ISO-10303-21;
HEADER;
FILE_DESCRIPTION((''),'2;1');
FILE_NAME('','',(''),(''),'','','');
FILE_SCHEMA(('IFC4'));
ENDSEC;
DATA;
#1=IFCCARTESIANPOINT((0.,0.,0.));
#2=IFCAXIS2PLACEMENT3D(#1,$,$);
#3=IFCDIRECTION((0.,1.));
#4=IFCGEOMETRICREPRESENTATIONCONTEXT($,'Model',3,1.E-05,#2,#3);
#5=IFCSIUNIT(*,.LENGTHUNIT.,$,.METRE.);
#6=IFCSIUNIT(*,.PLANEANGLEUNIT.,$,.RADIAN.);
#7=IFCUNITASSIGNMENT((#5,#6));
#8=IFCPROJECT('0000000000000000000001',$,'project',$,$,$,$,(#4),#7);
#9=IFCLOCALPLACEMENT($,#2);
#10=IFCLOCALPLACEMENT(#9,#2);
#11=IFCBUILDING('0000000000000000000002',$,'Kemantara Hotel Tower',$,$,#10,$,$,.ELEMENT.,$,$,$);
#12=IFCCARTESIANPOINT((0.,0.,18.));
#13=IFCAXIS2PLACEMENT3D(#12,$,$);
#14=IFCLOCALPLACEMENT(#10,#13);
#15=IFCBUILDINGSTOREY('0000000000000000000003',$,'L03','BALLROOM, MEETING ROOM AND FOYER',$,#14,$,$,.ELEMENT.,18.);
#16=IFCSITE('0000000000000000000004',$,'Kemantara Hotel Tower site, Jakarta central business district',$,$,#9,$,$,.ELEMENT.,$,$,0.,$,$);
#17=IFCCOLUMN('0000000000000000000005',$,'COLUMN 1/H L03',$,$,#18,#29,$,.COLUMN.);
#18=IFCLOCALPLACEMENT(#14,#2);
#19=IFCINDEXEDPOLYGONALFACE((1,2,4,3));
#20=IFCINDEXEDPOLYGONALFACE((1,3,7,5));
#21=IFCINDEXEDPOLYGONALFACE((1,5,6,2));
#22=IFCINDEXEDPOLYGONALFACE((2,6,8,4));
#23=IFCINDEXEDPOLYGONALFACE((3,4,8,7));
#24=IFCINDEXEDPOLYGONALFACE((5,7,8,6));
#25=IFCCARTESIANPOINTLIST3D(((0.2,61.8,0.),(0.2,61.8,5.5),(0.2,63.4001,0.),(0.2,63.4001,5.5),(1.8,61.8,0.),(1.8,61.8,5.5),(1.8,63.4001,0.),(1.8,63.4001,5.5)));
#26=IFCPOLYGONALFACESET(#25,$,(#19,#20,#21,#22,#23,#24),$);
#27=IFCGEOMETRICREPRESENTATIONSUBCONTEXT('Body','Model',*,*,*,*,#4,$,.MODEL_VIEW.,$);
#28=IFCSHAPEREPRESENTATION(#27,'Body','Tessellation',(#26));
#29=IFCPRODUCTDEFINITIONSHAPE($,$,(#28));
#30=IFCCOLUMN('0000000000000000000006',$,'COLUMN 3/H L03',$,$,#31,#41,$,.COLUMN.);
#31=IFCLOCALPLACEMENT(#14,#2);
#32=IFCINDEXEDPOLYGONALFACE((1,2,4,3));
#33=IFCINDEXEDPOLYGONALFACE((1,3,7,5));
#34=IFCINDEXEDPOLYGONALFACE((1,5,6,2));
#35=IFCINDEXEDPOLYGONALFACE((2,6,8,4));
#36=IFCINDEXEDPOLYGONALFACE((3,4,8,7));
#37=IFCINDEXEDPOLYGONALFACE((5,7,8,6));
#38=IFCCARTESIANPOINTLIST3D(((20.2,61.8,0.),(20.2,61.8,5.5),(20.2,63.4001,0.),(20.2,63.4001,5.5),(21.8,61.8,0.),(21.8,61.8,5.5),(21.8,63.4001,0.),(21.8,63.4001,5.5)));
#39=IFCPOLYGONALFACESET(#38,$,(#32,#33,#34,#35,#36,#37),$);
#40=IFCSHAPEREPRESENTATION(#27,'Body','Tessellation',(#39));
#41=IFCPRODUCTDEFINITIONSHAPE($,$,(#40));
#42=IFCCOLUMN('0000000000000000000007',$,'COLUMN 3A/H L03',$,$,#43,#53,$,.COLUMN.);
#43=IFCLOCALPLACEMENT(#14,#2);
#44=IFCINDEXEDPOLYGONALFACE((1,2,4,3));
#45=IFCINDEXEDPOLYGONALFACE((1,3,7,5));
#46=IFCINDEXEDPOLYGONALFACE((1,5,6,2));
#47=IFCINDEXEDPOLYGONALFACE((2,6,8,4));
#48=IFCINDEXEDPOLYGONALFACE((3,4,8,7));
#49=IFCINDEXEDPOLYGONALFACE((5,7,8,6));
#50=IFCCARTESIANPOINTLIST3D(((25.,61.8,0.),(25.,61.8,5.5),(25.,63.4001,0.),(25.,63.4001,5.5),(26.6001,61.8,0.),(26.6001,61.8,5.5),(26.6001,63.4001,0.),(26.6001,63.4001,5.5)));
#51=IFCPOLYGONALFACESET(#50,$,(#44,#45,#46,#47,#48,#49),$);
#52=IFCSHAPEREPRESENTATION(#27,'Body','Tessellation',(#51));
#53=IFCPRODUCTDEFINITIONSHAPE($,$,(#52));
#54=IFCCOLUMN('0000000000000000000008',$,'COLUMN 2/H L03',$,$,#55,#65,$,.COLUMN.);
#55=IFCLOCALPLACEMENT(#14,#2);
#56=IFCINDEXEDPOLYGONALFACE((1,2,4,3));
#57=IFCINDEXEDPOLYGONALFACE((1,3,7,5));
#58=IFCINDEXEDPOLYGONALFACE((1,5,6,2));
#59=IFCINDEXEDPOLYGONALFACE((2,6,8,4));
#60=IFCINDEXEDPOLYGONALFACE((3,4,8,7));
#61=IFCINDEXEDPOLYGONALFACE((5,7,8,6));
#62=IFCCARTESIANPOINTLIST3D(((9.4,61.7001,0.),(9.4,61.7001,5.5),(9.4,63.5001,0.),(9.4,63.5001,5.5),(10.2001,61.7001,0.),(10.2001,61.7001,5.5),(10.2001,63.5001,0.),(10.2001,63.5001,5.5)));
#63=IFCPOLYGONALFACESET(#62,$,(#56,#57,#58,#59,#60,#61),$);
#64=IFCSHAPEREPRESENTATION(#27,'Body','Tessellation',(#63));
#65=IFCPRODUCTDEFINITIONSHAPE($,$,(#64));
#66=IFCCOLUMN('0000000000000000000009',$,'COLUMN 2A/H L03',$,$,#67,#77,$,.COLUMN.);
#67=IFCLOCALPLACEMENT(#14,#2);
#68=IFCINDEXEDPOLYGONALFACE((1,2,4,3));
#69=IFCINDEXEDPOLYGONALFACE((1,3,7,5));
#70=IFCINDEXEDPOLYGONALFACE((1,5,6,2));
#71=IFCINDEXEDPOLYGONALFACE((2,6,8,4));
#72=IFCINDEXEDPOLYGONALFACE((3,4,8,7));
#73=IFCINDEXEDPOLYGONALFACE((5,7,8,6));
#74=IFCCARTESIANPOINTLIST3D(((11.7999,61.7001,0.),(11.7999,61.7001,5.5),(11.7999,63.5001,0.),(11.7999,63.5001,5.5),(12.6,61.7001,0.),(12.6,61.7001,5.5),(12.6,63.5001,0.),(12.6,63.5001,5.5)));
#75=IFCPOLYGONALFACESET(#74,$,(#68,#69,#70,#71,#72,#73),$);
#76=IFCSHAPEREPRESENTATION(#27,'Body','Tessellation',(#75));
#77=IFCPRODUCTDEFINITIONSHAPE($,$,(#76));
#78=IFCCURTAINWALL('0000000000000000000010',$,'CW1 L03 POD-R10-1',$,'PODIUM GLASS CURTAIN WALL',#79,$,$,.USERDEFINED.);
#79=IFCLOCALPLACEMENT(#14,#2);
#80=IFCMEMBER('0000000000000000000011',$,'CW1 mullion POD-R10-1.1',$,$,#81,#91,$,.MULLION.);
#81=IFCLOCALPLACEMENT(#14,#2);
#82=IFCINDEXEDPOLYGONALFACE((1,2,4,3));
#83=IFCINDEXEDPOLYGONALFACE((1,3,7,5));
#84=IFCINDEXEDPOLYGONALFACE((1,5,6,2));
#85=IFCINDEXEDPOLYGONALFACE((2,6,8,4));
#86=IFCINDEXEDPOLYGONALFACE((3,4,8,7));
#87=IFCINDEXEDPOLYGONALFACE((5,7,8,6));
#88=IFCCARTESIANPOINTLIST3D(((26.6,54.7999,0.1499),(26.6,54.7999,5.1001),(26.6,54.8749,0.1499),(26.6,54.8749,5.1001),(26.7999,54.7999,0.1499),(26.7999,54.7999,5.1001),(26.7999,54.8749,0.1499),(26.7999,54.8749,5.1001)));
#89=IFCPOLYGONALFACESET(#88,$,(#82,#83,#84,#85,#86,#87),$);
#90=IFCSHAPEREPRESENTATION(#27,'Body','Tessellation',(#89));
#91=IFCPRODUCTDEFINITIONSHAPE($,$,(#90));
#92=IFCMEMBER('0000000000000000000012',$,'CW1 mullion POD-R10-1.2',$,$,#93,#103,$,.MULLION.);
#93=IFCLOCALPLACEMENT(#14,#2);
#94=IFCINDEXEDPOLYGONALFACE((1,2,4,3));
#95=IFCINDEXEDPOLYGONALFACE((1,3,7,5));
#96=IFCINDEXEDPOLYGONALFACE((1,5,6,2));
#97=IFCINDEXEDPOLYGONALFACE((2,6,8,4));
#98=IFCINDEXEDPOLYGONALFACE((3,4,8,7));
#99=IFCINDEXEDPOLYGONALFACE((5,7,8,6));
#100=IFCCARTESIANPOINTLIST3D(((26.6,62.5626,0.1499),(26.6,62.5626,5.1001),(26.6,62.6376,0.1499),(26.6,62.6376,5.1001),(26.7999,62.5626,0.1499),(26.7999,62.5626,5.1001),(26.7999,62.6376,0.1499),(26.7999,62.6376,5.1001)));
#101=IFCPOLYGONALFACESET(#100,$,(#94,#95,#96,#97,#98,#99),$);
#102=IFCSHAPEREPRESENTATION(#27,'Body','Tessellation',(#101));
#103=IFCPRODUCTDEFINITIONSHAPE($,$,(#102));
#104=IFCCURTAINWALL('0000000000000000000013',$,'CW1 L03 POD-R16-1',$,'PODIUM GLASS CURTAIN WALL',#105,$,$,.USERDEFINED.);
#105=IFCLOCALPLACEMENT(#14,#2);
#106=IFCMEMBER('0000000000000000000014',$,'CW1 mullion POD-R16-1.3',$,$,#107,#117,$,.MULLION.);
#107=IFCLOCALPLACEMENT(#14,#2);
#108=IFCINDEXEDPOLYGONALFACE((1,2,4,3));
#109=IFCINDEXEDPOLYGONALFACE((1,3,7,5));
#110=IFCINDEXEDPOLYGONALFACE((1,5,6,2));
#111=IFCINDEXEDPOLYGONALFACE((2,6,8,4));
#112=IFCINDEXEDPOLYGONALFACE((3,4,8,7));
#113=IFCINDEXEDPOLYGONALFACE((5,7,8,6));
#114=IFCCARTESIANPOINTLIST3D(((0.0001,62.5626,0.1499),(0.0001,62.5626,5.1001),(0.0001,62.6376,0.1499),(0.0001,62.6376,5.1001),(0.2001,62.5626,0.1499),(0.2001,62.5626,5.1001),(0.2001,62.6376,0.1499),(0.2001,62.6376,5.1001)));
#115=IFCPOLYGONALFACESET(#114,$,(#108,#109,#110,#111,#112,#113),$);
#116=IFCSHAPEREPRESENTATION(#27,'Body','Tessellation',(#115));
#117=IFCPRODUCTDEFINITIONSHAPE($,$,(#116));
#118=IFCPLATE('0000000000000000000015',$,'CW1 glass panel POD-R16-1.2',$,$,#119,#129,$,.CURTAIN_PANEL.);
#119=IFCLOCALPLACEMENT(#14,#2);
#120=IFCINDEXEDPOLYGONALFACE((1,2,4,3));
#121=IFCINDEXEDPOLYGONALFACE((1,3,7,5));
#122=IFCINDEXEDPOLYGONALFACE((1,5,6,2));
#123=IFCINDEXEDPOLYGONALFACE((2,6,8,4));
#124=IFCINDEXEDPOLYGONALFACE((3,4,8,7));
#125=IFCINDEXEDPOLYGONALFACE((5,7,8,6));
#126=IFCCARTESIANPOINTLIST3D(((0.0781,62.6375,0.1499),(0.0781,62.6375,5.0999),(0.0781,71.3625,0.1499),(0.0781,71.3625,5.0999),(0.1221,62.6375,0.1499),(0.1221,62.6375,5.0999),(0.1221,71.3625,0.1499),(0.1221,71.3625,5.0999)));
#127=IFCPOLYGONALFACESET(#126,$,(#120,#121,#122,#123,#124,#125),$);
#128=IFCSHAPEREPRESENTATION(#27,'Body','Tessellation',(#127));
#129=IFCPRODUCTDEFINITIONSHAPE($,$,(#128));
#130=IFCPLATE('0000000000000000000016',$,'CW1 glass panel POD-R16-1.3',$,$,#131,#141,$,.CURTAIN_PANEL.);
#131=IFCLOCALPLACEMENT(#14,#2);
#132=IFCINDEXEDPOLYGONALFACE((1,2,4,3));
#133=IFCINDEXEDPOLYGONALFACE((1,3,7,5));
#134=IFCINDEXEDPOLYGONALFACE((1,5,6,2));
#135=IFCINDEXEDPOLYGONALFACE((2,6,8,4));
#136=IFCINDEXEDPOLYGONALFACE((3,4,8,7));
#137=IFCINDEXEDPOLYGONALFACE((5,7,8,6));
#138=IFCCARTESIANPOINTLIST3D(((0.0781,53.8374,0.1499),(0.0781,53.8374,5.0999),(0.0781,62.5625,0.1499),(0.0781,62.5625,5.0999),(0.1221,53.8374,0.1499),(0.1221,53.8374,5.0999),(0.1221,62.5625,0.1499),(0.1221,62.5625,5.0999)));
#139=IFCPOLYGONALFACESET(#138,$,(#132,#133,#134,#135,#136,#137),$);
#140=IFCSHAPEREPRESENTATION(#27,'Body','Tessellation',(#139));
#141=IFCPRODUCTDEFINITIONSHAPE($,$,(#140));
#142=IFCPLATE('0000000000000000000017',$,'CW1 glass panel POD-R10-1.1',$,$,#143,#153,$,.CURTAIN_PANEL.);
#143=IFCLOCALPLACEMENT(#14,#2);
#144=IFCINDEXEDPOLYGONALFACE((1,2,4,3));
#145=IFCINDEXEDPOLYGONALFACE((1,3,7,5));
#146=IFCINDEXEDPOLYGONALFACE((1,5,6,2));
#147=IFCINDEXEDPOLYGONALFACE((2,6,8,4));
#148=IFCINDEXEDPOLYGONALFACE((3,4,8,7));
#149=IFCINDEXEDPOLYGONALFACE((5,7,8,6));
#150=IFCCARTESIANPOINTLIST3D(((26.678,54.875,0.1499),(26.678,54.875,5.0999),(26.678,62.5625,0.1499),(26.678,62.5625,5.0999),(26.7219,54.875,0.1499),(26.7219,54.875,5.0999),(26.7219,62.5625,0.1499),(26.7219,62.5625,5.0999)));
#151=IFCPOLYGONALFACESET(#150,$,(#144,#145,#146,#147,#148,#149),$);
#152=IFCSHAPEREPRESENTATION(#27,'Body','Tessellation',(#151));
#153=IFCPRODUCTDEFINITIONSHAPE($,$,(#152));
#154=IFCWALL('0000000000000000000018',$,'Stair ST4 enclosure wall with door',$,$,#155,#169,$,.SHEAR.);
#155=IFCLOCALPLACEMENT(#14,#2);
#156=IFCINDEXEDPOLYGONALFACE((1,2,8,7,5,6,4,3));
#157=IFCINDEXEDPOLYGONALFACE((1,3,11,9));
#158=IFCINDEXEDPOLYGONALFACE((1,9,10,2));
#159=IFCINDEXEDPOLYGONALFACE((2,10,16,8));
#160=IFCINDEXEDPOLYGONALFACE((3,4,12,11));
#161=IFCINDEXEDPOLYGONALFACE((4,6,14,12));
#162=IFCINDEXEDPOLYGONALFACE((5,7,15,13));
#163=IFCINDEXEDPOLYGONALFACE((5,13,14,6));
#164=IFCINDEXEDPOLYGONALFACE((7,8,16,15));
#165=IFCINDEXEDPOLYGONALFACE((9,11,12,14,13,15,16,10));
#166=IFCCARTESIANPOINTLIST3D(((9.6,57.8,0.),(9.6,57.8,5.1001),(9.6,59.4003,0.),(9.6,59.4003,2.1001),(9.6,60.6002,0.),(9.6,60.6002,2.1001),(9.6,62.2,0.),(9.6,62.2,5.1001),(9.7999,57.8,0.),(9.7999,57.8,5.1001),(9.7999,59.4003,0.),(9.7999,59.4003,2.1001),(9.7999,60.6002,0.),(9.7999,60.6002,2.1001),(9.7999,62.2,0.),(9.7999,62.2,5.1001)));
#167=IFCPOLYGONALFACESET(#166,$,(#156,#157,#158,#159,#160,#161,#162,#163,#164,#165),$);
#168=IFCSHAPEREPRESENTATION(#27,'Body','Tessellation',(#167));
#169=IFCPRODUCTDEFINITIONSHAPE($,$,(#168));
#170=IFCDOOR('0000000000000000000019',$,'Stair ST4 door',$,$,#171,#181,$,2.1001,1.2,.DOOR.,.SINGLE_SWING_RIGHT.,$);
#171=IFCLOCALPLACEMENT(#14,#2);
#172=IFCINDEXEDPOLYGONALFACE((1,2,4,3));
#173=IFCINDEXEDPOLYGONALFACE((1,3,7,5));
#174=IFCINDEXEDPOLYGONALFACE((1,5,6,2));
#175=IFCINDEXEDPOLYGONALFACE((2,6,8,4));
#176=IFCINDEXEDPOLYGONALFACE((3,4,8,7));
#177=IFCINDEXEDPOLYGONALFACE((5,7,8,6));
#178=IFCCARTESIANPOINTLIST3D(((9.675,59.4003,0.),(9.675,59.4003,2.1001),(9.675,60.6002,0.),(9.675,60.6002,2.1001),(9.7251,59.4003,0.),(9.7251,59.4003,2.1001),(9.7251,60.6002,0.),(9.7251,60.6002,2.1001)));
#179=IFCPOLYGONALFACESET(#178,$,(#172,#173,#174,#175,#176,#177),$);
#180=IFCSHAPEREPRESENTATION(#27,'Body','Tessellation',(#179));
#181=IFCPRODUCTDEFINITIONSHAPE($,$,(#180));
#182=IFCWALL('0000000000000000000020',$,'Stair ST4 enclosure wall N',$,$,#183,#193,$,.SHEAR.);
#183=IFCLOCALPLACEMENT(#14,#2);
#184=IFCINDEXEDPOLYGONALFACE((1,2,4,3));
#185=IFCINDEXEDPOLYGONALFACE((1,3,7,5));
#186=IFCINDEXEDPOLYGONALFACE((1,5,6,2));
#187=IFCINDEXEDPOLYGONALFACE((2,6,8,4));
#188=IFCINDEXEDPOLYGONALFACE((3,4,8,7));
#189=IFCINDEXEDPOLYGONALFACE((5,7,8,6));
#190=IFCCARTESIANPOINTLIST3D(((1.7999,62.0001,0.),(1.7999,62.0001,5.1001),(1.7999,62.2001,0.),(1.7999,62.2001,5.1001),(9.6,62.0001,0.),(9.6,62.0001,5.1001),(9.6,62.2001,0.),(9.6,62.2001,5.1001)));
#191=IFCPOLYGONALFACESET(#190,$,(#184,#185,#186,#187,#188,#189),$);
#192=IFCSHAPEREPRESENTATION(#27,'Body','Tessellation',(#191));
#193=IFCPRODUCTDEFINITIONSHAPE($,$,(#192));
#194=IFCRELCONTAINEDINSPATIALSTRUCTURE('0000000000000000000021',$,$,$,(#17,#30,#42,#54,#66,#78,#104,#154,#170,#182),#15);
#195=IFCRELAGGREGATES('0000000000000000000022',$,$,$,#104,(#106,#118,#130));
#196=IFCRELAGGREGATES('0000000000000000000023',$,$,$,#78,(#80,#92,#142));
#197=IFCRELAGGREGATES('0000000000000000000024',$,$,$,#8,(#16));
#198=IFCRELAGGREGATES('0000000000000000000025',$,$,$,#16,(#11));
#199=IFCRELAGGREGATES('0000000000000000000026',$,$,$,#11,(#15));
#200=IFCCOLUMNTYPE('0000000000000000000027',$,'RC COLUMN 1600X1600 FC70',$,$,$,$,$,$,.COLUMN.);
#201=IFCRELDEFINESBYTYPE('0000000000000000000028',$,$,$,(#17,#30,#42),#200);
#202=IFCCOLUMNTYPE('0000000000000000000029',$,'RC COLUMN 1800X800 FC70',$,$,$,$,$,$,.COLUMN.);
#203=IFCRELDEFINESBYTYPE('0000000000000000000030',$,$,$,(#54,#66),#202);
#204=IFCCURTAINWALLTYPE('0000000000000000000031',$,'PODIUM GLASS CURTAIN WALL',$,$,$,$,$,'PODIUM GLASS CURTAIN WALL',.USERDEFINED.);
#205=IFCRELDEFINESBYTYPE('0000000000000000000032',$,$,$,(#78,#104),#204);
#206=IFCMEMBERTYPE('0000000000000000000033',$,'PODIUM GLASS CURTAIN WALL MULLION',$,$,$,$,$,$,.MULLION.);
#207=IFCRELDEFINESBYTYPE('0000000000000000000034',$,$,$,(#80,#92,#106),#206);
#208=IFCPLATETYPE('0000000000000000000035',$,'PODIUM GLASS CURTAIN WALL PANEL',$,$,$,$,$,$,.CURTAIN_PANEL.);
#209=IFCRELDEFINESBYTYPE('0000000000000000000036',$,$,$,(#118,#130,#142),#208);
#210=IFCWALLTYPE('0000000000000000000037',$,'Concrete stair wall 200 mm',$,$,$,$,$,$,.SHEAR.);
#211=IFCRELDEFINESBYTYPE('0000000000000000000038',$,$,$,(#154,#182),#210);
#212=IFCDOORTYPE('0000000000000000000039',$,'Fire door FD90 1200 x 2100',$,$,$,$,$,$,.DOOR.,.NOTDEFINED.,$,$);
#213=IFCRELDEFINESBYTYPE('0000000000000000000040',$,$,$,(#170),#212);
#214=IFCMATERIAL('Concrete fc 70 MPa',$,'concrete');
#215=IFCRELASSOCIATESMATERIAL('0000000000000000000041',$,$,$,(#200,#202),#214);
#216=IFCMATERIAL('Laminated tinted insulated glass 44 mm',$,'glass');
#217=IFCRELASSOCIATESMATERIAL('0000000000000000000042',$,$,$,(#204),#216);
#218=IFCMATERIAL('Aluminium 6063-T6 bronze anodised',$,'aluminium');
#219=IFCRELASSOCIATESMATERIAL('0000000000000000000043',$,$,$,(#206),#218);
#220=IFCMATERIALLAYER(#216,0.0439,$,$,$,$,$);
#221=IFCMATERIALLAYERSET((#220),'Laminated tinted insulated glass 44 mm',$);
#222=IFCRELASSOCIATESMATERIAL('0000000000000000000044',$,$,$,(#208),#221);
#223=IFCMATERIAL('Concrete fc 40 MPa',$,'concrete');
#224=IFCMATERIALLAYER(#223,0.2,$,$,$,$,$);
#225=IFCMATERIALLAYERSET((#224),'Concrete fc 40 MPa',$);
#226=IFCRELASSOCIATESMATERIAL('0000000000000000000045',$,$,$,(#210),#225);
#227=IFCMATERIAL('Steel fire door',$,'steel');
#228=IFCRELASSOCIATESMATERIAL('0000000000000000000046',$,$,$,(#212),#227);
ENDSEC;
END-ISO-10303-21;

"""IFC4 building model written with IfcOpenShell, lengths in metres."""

from ifc_helpers import new_model, si_unit, direction, frame, frame_2d, origin, origin_2d, place, context, subcontext, project, spatial, rectangle, extrude, source, transform, mapped, material, layer, layer_set, material_profile, profile_set, type_object, element, fill, aggregate, save


model = new_model("IFC4")

# Units and contexts
model_context = context("Model", 3, precision=1e-05, world=origin(), true_north=direction((0.0, 1.0)))
body_context = subcontext(model_context, "Body", "Model", "MODEL_VIEW")
ifc_project = project(units=[si_unit("LENGTHUNIT", "METRE"), si_unit("PLANEANGLEUNIT", "RADIAN")], contexts=[model_context])

# Site, building, storey
site_placement = place(None, origin())
site = spatial("IfcSite", under=ifc_project, at=site_placement, Name="Kemantara Hotel Tower site, Jakarta central business district", CompositionType="ELEMENT", RefElevation=0.0)
building_placement = place(site_placement, origin())
building = spatial("IfcBuilding", under=site, at=building_placement, Name="Kemantara Hotel Tower", CompositionType="ELEMENT")
storey_placement = place(building_placement, frame((0.0, 0.0, 18.0)))
storey = spatial("IfcBuildingStorey", under=building, at=storey_placement, Name="L03", Description="BALLROOM, MEETING ROOM AND FOYER", CompositionType="ELEMENT", Elevation=18.0)

# Columns
ifc_material_1 = material(Name="Concrete fc 70 MPa", Category="concrete")
ifc_material_profile_1 = material_profile(ifc_material_1, rectangle(XDim=1.6001, YDim=1.6001, at=origin_2d()), Name="RC 1600X1600")
ifc_profile_set_1 = profile_set([ifc_material_profile_1], Name="Concrete fc 70 MPa")
column_type_1 = type_object("IfcColumnType", Name="RC COLUMN 1600X1600 FC70", PredefinedType="COLUMN", material=ifc_profile_set_1)
for number, where, z_axis, x_axis, name in (
    (1, (1.0, 62.6001, 0.0), (0.0, 0.0, 1.0), (1.0, 0.0, 0.0), "COLUMN 1/H L03"),
    (2, (21.0, 62.6001, 0.0), (0.0, 0.0, 1.0), (1.0, 0.0, 0.0), "COLUMN 3/H L03"),
    (3, (25.8, 62.6001, 0.0), (0.0, 0.0, 1.0), (1.0, 0.0, 0.0), "COLUMN 3A/H L03"),
):
    element("IfcColumn", number, at=place(storey_placement, frame(where, z_axis=z_axis, x_axis=x_axis)), inside=storey, type_object=column_type_1, Name=name, PredefinedType="COLUMN", context=body_context, shape_type="SweptSolid", body=[
        extrude(rectangle(XDim=1.6001, YDim=1.6001, at=origin_2d()), origin(), (0.0, 0.0, 1.0), 5.5),
    ])
ifc_material_profile_2 = material_profile(ifc_material_1, rectangle(XDim=1.8, YDim=0.8, at=origin_2d()), Name="RC 1800X800")
ifc_profile_set_2 = profile_set([ifc_material_profile_2], Name="Concrete fc 70 MPa")
column_type_2 = type_object("IfcColumnType", Name="RC COLUMN 1800X800 FC70", PredefinedType="COLUMN", material=ifc_profile_set_2)
for number, where, z_axis, x_axis, name in (
    (4, (9.8, 62.6001, 0.0), (0.0, 0.0, 1.0), (0.0, 1.0, 0.0), "COLUMN 2/H L03"),
    (5, (12.2, 62.6001, 0.0), (0.0, 0.0, 1.0), (0.0, 1.0, 0.0), "COLUMN 2A/H L03"),
):
    element("IfcColumn", number, at=place(storey_placement, frame(where, z_axis=z_axis, x_axis=x_axis)), inside=storey, type_object=column_type_2, Name=name, PredefinedType="COLUMN", context=body_context, shape_type="SweptSolid", body=[
        extrude(rectangle(XDim=1.8, YDim=0.8, at=origin_2d()), origin(), (0.0, 0.0, 1.0), 5.5),
    ])

# Curtain wall, members
ifc_material_2 = material(Name="Laminated tinted insulated glass 44 mm", Category="glass")
curtain_wall_type = type_object("IfcCurtainWallType", Name="PODIUM GLASS CURTAIN WALL", ElementType="PODIUM GLASS CURTAIN WALL", PredefinedType="USERDEFINED", material=ifc_material_2)
curtain_wall_1_placement = place(storey_placement, origin())
curtain_wall_1 = element("IfcCurtainWall", 6, at=curtain_wall_1_placement, inside=storey, type_object=curtain_wall_type, Name="CW1 L03 POD-R10-1", ObjectType="PODIUM GLASS CURTAIN WALL", PredefinedType="USERDEFINED")
ifc_material_3 = material(Name="Aluminium 6063-T6 bronze anodised", Category="aluminium")
ifc_material_profile_3 = material_profile(ifc_material_3, rectangle(XDim=0.2, YDim=0.075, at=origin_2d()), Name="PODIUM GLASS CURTAIN WALL MULLION")
ifc_profile_set_3 = profile_set([ifc_material_profile_3], Name="Aluminium 6063-T6 bronze anodised")
member_type = type_object("IfcMemberType", Name="PODIUM GLASS CURTAIN WALL MULLION", PredefinedType="MULLION", material=ifc_profile_set_3)
shared_shape_1 = source(origin(), body_context, "Body", "SweptSolid", [
    extrude(rectangle(XDim=0.2, YDim=0.075, at=origin_2d()), origin(), (0.0, 0.0, 1.0), 4.9502),
])
member_1_placement = place(storey_placement, frame((26.7, 54.8374, 0.1499), z_axis=(0.0, 0.0, 1.0), x_axis=(-1.0, 0.0, 0.0)))
member_1 = element("IfcMember", 7, at=member_1_placement, type_object=member_type, Name="CW1 mullion POD-R10-1.1", PredefinedType="MULLION", context=body_context, shape_type="MappedRepresentation", body=[
    mapped(shared_shape_1, transform((0.0, 0.0, 0.0))),
])
member_2_placement = place(storey_placement, frame((26.7, 62.6001, 0.1499), z_axis=(0.0, 0.0, 1.0), x_axis=(-1.0, 0.0, 0.0)))
member_2 = element("IfcMember", 8, at=member_2_placement, type_object=member_type, Name="CW1 mullion POD-R10-1.2", PredefinedType="MULLION", context=body_context, shape_type="MappedRepresentation", body=[
    mapped(shared_shape_1, transform((0.0, 0.0, 0.0))),
])

# Curtain wall, member, plates
curtain_wall_2_placement = place(storey_placement, origin())
curtain_wall_2 = element("IfcCurtainWall", 9, at=curtain_wall_2_placement, inside=storey, type_object=curtain_wall_type, Name="CW1 L03 POD-R16-1", ObjectType="PODIUM GLASS CURTAIN WALL", PredefinedType="USERDEFINED")
member_3_placement = place(storey_placement, frame((0.1001, 62.6001, 0.1499), z_axis=(0.0, 0.0, 1.0), x_axis=(1.0, 0.0, 0.0)))
member_3 = element("IfcMember", 10, at=member_3_placement, type_object=member_type, Name="CW1 mullion POD-R16-1.3", PredefinedType="MULLION", context=body_context, shape_type="MappedRepresentation", body=[
    mapped(shared_shape_1, transform((0.0, 0.0, 0.0))),
])
ifc_layer_1 = layer(ifc_material_2, 0.0439)
ifc_layer_set_1 = layer_set([ifc_layer_1], Name="Laminated tinted insulated glass 44 mm")
plate_type = type_object("IfcPlateType", Name="PODIUM GLASS CURTAIN WALL PANEL", PredefinedType="CURTAIN_PANEL", material=ifc_layer_set_1)
shared_shape_2 = source(origin(), body_context, "Body", "SweptSolid", [
    extrude(rectangle(XDim=8.7251, YDim=0.0439, at=origin_2d()), origin(), (0.0, 0.0, 1.0), 4.95),
])
plate_1_placement = place(storey_placement, frame((0.1001, 67.0, 0.1499), z_axis=(0.0, 0.0, 1.0), x_axis=(0.0, -1.0, 0.0)))
plate_1 = element("IfcPlate", 11, at=plate_1_placement, type_object=plate_type, Name="CW1 glass panel POD-R16-1.2", PredefinedType="CURTAIN_PANEL", context=body_context, shape_type="MappedRepresentation", body=[
    mapped(shared_shape_2, transform((0.0, 0.0, 0.0))),
])
plate_2_placement = place(storey_placement, frame((0.1001, 58.2, 0.1499), z_axis=(0.0, 0.0, 1.0), x_axis=(0.0, -1.0, 0.0)))
plate_2 = element("IfcPlate", 12, at=plate_2_placement, type_object=plate_type, Name="CW1 glass panel POD-R16-1.3", PredefinedType="CURTAIN_PANEL", context=body_context, shape_type="MappedRepresentation", body=[
    mapped(shared_shape_2, transform((0.0, 0.0, 0.0))),
])
aggregate(curtain_wall_2, [member_3, plate_1, plate_2])

# Plate
shared_shape_3 = source(origin(), body_context, "Body", "SweptSolid", [
    extrude(rectangle(XDim=7.6875, YDim=0.0439, at=origin_2d()), origin(), (0.0, 0.0, 1.0), 4.95),
])
plate_3_placement = place(storey_placement, frame((26.7, 58.7188, 0.1499), z_axis=(0.0, 0.0, 1.0), x_axis=(0.0, 1.0, 0.0)))
plate_3 = element("IfcPlate", 13, at=plate_3_placement, type_object=plate_type, Name="CW1 glass panel POD-R10-1.1", PredefinedType="CURTAIN_PANEL", context=body_context, shape_type="MappedRepresentation", body=[
    mapped(shared_shape_3, transform((0.0, 0.0, 0.0))),
])
aggregate(curtain_wall_1, [member_1, member_2, plate_3])

# Wall, opening, door
ifc_material_4 = material(Name="Concrete fc 40 MPa", Category="concrete")
ifc_layer_2 = layer(ifc_material_4, 0.2)
ifc_layer_set_2 = layer_set([ifc_layer_2], Name="Concrete fc 40 MPa")
wall_type_1 = type_object("IfcWallType", Name="Concrete stair wall 200 mm", PredefinedType="SHEAR", material=ifc_layer_set_2)
wall_1_placement = place(storey_placement, frame((9.7, 57.8, 0.0), z_axis=(0.0, 0.0, 1.0), x_axis=(0.0, 1.0, 0.0)))
wall_1 = element("IfcWall", 14, at=wall_1_placement, inside=storey, type_object=wall_type_1, Name="Stair ST4 enclosure wall with door", PredefinedType="SHEAR", context=body_context, shape_type="SweptSolid", body=[
    extrude(rectangle(XDim=4.3999, YDim=0.2, at=frame_2d((2.2, 0.0))), origin(), (0.0, 0.0, 1.0), 5.1001),
])
opening_1_placement = place(wall_1_placement, frame((1.6001, 0.0, 0.0)))
opening_1 = element("IfcOpeningElement", 15, at=opening_1_placement, cuts=wall_1, PredefinedType="OPENING", context=body_context, shape_type="SweptSolid", body=[
    extrude(rectangle(XDim=1.2, YDim=2.1001, at=frame_2d((0.6001, 1.05))), frame((0.0, 0.1099, 0.0), z_axis=(0.0, -1.0, 0.0), x_axis=(1.0, 0.0, 0.0)), (0.0, 0.0, 1.0), 0.22),
])
ifc_material_5 = material(Name="Steel fire door", Category="steel")
door_type_1 = type_object("IfcDoorType", Name="Fire door FD90 1200 x 2100", OperationType="NOTDEFINED", PredefinedType="DOOR", material=ifc_material_5)
door_1_placement = place(opening_1_placement, origin())
door_1 = element("IfcDoor", 16, at=door_1_placement, inside=storey, type_object=door_type_1, Name="Stair ST4 door", OperationType="SINGLE_SWING_RIGHT", OverallHeight=2.1001, OverallWidth=1.2, PredefinedType="DOOR", context=body_context, shape_type="SweptSolid", body=[
    extrude(rectangle(XDim=1.2, YDim=2.1001, at=frame_2d((0.6001, 1.05))), frame((0.0, 0.0249, 0.0), z_axis=(0.0, -1.0, 0.0), x_axis=(1.0, 0.0, 0.0)), (0.0, 0.0, 1.0), 0.05),
])
fill(opening_1, door_1)

# Wall
wall_2_placement = place(storey_placement, frame((1.8, 62.1001, 0.0), z_axis=(0.0, 0.0, 1.0), x_axis=(1.0, 0.0, 0.0)))
element("IfcWall", 17, at=wall_2_placement, inside=storey, type_object=wall_type_1, Name="Stair ST4 enclosure wall N", PredefinedType="SHEAR", context=body_context, shape_type="SweptSolid", body=[
    extrude(rectangle(XDim=7.8, YDim=0.2, at=frame_2d((3.8999, 0.0))), origin(), (0.0, 0.0, 1.0), 5.1001),
])

save(model, "model.ifc")
